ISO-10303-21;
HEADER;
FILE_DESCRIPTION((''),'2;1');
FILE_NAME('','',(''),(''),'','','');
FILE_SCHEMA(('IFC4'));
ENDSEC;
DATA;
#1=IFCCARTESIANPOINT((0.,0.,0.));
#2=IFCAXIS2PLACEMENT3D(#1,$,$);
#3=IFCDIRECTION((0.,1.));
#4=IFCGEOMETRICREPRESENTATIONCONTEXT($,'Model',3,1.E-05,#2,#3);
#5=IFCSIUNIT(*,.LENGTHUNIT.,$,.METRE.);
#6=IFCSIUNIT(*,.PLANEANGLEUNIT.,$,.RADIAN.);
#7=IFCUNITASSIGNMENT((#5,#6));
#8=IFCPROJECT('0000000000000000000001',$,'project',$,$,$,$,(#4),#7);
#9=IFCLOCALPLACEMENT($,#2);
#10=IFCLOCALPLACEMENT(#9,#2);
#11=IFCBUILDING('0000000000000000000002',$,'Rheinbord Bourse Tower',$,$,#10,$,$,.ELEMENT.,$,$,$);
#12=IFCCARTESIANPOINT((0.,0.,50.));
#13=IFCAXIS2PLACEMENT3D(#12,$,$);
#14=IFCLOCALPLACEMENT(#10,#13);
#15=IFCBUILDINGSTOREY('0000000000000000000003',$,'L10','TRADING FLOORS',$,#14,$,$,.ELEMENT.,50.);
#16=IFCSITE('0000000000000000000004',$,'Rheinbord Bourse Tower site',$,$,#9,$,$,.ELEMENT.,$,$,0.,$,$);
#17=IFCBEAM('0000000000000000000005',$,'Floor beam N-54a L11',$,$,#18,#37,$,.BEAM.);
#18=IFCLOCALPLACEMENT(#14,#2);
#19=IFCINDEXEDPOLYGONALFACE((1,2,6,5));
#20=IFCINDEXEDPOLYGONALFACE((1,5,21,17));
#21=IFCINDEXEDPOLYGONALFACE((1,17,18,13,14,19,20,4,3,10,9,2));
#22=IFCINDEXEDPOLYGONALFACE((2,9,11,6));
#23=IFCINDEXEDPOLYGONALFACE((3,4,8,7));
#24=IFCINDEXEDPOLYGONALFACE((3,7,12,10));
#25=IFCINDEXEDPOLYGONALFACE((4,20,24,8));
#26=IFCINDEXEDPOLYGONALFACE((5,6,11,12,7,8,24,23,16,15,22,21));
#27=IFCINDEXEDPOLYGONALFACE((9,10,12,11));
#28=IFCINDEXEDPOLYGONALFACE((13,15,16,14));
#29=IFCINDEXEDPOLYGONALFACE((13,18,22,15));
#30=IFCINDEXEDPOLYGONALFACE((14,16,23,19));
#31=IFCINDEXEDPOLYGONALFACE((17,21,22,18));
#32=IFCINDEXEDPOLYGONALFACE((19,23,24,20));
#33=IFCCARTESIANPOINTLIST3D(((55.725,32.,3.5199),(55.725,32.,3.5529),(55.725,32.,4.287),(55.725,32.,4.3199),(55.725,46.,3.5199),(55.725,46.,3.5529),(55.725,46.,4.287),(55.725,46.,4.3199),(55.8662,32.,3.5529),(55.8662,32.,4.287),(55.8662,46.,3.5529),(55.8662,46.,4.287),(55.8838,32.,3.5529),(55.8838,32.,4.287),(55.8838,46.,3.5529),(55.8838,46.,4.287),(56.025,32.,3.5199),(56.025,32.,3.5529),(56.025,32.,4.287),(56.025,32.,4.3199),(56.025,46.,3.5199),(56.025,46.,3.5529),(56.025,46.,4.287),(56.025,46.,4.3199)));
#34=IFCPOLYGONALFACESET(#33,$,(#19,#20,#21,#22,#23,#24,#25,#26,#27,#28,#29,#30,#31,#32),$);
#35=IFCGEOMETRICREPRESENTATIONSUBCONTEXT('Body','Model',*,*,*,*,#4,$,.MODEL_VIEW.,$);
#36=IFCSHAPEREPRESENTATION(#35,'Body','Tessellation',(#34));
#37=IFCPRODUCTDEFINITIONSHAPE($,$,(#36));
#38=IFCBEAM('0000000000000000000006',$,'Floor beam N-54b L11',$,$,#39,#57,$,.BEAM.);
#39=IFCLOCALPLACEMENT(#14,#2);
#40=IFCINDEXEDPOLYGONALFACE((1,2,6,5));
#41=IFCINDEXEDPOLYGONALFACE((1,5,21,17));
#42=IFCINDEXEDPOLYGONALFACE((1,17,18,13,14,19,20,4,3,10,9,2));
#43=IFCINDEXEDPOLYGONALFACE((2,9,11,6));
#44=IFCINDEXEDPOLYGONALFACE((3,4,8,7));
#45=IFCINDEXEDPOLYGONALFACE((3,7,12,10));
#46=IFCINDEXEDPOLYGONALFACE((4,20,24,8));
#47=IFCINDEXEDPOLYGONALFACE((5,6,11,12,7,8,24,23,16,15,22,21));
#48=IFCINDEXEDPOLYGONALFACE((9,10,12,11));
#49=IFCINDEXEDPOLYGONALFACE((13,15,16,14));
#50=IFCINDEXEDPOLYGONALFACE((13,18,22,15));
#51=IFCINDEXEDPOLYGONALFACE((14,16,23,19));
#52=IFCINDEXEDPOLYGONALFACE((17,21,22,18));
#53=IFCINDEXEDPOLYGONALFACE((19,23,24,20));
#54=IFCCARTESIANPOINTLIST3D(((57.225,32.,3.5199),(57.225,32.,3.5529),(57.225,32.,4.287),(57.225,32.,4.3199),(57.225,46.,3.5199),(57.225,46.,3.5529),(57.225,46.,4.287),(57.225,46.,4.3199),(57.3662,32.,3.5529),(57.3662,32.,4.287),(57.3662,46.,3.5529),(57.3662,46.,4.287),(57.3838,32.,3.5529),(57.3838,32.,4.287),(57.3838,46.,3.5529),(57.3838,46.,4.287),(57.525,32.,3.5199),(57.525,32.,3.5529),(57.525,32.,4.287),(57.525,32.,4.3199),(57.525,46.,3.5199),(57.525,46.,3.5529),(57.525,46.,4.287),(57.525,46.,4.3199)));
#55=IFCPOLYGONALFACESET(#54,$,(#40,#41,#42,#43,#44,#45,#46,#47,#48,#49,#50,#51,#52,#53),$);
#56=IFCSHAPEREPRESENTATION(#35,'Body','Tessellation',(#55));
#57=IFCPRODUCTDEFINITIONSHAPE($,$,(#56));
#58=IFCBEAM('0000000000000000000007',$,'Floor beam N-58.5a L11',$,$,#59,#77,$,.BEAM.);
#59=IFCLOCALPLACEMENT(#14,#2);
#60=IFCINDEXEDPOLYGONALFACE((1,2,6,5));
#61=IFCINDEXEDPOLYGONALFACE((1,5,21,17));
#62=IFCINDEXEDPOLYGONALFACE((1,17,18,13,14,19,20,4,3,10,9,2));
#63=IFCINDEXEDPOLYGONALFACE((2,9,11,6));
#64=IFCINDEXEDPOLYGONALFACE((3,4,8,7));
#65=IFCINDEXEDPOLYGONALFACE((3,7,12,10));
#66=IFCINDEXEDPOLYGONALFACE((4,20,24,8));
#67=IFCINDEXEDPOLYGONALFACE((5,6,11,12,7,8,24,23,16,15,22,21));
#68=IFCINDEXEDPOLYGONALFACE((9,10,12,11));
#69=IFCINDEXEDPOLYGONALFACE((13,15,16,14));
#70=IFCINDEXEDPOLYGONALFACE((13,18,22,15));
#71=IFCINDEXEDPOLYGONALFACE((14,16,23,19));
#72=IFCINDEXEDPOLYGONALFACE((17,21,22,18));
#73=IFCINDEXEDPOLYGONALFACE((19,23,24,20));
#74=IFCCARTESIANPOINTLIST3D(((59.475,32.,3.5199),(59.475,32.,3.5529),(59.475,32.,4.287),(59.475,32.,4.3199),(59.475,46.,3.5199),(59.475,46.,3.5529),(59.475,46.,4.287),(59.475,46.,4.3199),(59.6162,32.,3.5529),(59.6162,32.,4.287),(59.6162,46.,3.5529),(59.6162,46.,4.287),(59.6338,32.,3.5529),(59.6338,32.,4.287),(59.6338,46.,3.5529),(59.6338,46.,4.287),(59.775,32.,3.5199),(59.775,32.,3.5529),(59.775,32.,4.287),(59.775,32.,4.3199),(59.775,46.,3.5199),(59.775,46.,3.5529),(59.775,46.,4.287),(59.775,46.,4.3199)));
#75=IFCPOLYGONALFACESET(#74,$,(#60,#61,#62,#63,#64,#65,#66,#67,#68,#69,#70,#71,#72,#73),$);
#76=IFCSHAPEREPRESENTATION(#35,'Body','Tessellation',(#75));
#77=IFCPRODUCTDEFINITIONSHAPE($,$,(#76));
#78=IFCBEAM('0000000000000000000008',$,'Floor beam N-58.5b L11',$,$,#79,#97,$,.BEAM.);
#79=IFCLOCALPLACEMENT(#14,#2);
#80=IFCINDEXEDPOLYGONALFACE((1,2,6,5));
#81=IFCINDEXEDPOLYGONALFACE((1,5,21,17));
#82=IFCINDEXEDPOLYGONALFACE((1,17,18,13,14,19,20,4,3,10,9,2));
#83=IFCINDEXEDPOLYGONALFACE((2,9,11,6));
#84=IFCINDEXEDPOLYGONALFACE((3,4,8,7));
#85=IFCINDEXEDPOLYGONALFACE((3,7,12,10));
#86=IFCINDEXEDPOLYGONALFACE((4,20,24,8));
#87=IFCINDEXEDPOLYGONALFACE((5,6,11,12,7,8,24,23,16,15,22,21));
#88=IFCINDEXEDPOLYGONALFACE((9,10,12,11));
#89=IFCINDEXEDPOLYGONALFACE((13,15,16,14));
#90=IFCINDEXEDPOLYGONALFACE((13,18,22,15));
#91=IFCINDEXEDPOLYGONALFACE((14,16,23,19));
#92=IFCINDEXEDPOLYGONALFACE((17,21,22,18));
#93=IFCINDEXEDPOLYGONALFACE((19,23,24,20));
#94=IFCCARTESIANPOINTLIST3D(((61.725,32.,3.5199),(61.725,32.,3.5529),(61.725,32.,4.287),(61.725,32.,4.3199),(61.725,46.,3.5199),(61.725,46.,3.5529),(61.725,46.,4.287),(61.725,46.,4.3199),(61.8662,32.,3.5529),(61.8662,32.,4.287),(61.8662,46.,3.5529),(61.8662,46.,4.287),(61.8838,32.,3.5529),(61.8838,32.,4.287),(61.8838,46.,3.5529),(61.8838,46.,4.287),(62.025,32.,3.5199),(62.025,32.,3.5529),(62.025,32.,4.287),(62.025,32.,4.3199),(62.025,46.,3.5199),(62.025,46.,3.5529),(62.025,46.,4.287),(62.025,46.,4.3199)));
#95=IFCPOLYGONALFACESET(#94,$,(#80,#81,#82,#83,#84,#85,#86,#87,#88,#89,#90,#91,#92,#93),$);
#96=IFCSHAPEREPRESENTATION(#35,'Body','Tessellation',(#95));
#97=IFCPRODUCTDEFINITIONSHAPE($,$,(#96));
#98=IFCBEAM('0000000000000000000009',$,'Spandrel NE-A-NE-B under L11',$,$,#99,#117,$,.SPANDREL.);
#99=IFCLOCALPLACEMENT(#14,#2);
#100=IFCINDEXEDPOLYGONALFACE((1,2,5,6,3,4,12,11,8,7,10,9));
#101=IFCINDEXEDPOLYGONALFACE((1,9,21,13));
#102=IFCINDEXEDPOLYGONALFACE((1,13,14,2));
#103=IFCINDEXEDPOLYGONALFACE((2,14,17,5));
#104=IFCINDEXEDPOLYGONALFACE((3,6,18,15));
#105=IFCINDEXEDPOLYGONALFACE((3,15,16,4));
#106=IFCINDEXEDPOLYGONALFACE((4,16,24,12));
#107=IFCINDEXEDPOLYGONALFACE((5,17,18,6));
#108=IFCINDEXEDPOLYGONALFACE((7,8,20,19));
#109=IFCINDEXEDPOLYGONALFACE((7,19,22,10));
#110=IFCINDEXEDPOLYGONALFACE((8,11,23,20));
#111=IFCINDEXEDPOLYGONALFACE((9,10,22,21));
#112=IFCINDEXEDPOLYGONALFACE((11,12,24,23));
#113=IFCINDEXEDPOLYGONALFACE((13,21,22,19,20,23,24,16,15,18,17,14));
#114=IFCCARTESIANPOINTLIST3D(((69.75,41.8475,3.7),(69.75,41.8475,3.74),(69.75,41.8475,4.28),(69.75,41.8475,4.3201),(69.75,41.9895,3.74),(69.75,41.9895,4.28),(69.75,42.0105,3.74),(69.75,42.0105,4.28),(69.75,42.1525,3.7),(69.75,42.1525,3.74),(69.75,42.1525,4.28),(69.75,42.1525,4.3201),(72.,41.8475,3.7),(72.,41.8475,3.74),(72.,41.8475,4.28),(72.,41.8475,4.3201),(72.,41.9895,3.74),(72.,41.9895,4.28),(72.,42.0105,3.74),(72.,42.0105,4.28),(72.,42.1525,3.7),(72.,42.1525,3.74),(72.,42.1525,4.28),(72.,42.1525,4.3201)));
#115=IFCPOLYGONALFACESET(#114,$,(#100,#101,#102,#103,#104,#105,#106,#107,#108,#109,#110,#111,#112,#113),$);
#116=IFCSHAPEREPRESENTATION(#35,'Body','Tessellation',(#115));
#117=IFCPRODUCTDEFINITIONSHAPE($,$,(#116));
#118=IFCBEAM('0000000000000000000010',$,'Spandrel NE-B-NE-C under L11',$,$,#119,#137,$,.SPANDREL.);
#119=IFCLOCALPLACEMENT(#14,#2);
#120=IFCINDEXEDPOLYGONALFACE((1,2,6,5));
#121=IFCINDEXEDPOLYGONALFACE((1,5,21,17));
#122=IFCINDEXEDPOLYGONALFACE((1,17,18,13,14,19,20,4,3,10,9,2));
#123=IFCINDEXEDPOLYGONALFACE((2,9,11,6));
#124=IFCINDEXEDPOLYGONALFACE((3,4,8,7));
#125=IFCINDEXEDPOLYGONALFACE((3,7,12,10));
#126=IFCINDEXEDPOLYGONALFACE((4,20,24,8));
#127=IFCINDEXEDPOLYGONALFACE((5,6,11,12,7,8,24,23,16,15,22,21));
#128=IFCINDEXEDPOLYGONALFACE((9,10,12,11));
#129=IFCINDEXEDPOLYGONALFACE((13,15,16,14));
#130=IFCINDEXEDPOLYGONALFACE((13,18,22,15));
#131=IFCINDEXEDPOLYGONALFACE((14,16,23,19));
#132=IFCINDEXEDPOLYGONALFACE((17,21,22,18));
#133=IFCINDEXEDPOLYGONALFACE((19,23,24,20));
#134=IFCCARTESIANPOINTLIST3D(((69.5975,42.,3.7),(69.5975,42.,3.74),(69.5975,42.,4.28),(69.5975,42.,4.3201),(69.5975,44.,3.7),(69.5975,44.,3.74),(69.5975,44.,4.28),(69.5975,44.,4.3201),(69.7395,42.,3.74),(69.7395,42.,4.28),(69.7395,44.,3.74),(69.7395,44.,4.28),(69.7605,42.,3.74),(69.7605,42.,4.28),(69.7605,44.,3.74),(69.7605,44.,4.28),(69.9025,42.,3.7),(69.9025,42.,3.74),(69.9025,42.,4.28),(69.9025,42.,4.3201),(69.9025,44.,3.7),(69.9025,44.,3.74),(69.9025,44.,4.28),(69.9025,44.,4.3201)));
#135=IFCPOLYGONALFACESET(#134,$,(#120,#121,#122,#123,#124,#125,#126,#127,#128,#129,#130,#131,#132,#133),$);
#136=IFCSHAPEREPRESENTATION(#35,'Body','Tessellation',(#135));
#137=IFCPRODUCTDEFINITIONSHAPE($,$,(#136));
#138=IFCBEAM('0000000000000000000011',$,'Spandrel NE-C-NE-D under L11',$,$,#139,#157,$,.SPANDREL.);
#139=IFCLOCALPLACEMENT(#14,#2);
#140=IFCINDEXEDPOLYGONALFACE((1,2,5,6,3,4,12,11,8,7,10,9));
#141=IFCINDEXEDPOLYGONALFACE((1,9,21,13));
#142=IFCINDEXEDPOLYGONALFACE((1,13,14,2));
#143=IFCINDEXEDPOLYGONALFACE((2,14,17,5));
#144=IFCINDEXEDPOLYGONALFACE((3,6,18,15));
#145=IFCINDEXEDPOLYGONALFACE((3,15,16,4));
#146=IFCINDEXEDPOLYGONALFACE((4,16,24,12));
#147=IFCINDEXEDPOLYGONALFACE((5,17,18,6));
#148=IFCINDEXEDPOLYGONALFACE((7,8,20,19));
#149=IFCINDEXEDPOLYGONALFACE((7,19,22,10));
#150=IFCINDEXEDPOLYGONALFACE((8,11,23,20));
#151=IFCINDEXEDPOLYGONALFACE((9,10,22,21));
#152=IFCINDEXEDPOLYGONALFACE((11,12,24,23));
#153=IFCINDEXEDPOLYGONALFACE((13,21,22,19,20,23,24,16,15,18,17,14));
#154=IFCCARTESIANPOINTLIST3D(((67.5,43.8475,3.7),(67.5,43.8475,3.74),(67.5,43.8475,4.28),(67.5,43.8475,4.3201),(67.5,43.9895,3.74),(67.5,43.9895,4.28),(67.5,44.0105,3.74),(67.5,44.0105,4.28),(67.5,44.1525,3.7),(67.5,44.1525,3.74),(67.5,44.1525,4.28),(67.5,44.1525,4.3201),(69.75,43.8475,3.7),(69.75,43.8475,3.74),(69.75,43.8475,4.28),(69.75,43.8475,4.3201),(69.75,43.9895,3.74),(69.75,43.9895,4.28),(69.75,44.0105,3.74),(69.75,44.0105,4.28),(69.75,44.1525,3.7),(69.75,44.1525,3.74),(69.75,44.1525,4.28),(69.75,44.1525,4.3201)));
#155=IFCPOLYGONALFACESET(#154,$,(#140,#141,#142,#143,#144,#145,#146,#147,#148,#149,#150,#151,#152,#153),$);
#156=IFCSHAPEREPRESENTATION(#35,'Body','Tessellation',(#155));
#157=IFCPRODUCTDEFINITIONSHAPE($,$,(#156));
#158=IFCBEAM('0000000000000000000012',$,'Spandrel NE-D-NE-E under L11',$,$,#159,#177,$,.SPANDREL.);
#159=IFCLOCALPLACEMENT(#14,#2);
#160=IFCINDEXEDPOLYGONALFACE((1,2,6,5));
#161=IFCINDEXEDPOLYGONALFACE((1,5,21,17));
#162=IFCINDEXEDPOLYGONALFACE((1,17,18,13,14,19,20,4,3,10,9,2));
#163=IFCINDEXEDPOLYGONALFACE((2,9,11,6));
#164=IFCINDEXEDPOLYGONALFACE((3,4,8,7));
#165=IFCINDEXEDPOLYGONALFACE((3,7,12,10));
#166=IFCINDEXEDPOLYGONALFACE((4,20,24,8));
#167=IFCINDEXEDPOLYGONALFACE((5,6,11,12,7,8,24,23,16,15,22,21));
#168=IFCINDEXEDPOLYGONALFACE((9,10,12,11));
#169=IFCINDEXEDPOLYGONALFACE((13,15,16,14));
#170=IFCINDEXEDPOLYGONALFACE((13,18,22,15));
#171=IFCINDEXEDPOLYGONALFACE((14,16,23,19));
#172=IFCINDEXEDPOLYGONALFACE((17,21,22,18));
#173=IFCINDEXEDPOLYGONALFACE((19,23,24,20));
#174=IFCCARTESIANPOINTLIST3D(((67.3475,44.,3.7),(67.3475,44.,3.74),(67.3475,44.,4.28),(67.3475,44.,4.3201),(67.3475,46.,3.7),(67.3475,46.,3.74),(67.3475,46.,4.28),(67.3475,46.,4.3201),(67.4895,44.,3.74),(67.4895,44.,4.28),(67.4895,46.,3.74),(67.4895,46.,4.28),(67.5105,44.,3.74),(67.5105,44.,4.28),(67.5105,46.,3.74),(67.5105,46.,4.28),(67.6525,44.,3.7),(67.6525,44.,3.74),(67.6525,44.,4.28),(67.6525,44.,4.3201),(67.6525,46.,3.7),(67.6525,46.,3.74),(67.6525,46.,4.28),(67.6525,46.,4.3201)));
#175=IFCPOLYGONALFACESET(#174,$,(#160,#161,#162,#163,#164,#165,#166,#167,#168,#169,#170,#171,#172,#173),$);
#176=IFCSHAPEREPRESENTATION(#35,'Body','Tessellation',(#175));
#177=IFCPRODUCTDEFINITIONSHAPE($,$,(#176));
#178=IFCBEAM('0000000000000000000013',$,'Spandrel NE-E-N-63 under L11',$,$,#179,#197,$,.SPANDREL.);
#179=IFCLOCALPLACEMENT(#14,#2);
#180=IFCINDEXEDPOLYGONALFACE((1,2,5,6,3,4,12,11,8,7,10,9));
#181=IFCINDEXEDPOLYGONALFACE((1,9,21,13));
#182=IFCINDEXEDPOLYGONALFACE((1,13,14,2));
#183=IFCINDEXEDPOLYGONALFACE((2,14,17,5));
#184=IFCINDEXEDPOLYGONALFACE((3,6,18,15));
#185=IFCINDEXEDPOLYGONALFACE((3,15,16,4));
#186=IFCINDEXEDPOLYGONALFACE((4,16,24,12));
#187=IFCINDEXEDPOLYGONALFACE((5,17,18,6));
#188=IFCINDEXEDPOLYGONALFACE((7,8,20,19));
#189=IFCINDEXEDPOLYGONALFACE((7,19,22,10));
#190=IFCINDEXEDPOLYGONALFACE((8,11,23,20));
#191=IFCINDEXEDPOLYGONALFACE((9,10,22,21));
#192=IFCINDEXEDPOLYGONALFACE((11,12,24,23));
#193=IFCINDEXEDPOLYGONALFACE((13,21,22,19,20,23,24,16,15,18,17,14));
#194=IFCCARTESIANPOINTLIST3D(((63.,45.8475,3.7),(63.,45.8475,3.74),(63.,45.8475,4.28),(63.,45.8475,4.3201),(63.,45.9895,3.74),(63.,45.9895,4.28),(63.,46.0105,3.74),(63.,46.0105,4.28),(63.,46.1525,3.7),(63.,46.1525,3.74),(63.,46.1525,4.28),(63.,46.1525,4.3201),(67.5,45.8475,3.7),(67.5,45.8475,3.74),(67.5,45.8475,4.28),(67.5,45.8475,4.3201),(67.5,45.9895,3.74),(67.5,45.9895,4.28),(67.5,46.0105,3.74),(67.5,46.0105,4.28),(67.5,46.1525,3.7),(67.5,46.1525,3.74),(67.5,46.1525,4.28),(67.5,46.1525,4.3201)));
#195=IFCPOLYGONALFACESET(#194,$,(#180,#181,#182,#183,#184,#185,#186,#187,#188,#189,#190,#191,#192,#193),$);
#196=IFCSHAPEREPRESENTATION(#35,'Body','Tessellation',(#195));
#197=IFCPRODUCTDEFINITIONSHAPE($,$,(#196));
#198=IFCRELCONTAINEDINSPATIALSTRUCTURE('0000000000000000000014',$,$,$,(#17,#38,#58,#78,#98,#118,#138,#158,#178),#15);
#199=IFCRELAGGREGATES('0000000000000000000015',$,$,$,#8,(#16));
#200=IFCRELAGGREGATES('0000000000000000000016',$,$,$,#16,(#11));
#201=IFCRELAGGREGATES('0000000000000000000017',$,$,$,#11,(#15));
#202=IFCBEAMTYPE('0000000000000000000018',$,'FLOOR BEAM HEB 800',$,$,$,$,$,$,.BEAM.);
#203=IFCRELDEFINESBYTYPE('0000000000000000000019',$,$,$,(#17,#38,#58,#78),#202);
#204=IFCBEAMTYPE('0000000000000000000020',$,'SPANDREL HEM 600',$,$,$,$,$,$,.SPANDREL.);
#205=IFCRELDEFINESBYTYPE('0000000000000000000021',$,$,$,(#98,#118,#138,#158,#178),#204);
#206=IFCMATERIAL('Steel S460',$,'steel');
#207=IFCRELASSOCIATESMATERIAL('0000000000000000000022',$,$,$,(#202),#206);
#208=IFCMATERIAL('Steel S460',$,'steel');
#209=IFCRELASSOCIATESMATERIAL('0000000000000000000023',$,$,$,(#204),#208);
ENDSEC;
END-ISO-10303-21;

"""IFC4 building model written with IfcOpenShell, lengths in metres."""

from ifc_helpers import new_model, si_unit, direction, frame, origin, origin_2d, place, context, subcontext, project, spatial, i_section, extrude, material, material_profile, profile_set, type_object, element, save


model = new_model("IFC4")

# Units and contexts
model_context = context("Model", 3, precision=1e-05, world=origin(), true_north=direction((0.0, 1.0)))
body_context = subcontext(model_context, "Body", "Model", "MODEL_VIEW")
ifc_project = project(units=[si_unit("LENGTHUNIT", "METRE"), si_unit("PLANEANGLEUNIT", "RADIAN")], contexts=[model_context])

# Site, building, storey
site_placement = place(None, origin())
site = spatial("IfcSite", under=ifc_project, at=site_placement, Name="Rheinbord Bourse Tower site", CompositionType="ELEMENT", RefElevation=0.0)
building_placement = place(site_placement, origin())
building = spatial("IfcBuilding", under=site, at=building_placement, Name="Rheinbord Bourse Tower", CompositionType="ELEMENT")
storey_placement = place(building_placement, frame((0.0, 0.0, 50.0)))
storey = spatial("IfcBuildingStorey", under=building, at=storey_placement, Name="L10", Description="TRADING FLOORS", CompositionType="ELEMENT", Elevation=50.0)

# Beams
ifc_material_1 = material(Name="Steel S460", Category="steel")
ifc_material_profile_1 = material_profile(ifc_material_1, i_section(OverallWidth=0.3, OverallDepth=0.8, WebThickness=0.0176, FlangeThickness=0.033, at=origin_2d()), Name="HEB 800")
ifc_profile_set_1 = profile_set([ifc_material_profile_1], Name="Steel S460")
beam_type_1 = type_object("IfcBeamType", Name="FLOOR BEAM HEB 800", PredefinedType="BEAM", material=ifc_profile_set_1)
for number, where, z_axis, x_axis, name in (
    (1, (55.875, 46.0, 3.9199), (0.0, -1.0, 0.0), (1.0, 0.0, 0.0), "Floor beam N-54a L11"),
    (2, (57.375, 46.0, 3.9199), (0.0, -1.0, 0.0), (1.0, 0.0, 0.0), "Floor beam N-54b L11"),
    (3, (59.625, 46.0, 3.9199), (0.0, -1.0, 0.0), (1.0, 0.0, 0.0), "Floor beam N-58.5a L11"),
    (4, (61.875, 46.0, 3.9199), (0.0, -1.0, 0.0), (1.0, 0.0, 0.0), "Floor beam N-58.5b L11"),
):
    element("IfcBeam", number, at=place(storey_placement, frame(where, z_axis=z_axis, x_axis=x_axis)), inside=storey, type_object=beam_type_1, Name=name, PredefinedType="BEAM", context=body_context, shape_type="SweptSolid", body=[
        extrude(i_section(OverallWidth=0.3, OverallDepth=0.8, WebThickness=0.0176, FlangeThickness=0.033, at=origin_2d()), origin(), (0.0, 0.0, 1.0), 14.0),
    ])
ifc_material_2 = material(Name="Steel S460", Category="steel")
ifc_material_profile_2 = material_profile(ifc_material_2, i_section(OverallWidth=0.3049, OverallDepth=0.6201, WebThickness=0.021, FlangeThickness=0.04, at=origin_2d()), Name="HEM 600")
ifc_profile_set_2 = profile_set([ifc_material_profile_2], Name="Steel S460")
beam_type_2 = type_object("IfcBeamType", Name="SPANDREL HEM 600", PredefinedType="SPANDREL", material=ifc_profile_set_2)
beam_1_placement = place(storey_placement, frame((72.0, 42.0, 4.01), z_axis=(-1.0, 0.0, 0.0), x_axis=(0.0, -1.0, 0.0)))
element("IfcBeam", 5, at=beam_1_placement, inside=storey, type_object=beam_type_2, Name="Spandrel NE-A-NE-B under L11", PredefinedType="SPANDREL", context=body_context, shape_type="SweptSolid", body=[
    extrude(i_section(OverallWidth=0.3049, OverallDepth=0.6201, WebThickness=0.021, FlangeThickness=0.04, at=origin_2d()), origin(), (0.0, 0.0, 1.0), 2.25),
])
beam_2_placement = place(storey_placement, frame((69.75, 42.0, 4.01), z_axis=(0.0, 1.0, 0.0), x_axis=(-1.0, 0.0, 0.0)))
element("IfcBeam", 6, at=beam_2_placement, inside=storey, type_object=beam_type_2, Name="Spandrel NE-B-NE-C under L11", PredefinedType="SPANDREL", context=body_context, shape_type="SweptSolid", body=[
    extrude(i_section(OverallWidth=0.3049, OverallDepth=0.6201, WebThickness=0.021, FlangeThickness=0.04, at=origin_2d()), origin(), (0.0, 0.0, 1.0), 2.0),
])
beam_3_placement = place(storey_placement, frame((69.75, 44.0, 4.01), z_axis=(-1.0, 0.0, 0.0), x_axis=(0.0, -1.0, 0.0)))
element("IfcBeam", 7, at=beam_3_placement, inside=storey, type_object=beam_type_2, Name="Spandrel NE-C-NE-D under L11", PredefinedType="SPANDREL", context=body_context, shape_type="SweptSolid", body=[
    extrude(i_section(OverallWidth=0.3049, OverallDepth=0.6201, WebThickness=0.021, FlangeThickness=0.04, at=origin_2d()), origin(), (0.0, 0.0, 1.0), 2.25),
])
beam_4_placement = place(storey_placement, frame((67.5, 44.0, 4.01), z_axis=(0.0, 1.0, 0.0), x_axis=(-1.0, 0.0, 0.0)))
element("IfcBeam", 8, at=beam_4_placement, inside=storey, type_object=beam_type_2, Name="Spandrel NE-D-NE-E under L11", PredefinedType="SPANDREL", context=body_context, shape_type="SweptSolid", body=[
    extrude(i_section(OverallWidth=0.3049, OverallDepth=0.6201, WebThickness=0.021, FlangeThickness=0.04, at=origin_2d()), origin(), (0.0, 0.0, 1.0), 2.0),
])
for number, where, z_axis, x_axis, name in (
    (9, (67.5, 46.0, 4.01), (-1.0, 0.0, 0.0), (0.0, -1.0, 0.0), "Spandrel NE-E-N-63 under L11"),
):
    element("IfcBeam", number, at=place(storey_placement, frame(where, z_axis=z_axis, x_axis=x_axis)), inside=storey, type_object=beam_type_2, Name=name, PredefinedType="SPANDREL", context=body_context, shape_type="SweptSolid", body=[
        extrude(i_section(OverallWidth=0.3049, OverallDepth=0.6201, WebThickness=0.021, FlangeThickness=0.04, at=origin_2d()), origin(), (0.0, 0.0, 1.0), 4.5),
    ])

save(model, "model.ifc")
